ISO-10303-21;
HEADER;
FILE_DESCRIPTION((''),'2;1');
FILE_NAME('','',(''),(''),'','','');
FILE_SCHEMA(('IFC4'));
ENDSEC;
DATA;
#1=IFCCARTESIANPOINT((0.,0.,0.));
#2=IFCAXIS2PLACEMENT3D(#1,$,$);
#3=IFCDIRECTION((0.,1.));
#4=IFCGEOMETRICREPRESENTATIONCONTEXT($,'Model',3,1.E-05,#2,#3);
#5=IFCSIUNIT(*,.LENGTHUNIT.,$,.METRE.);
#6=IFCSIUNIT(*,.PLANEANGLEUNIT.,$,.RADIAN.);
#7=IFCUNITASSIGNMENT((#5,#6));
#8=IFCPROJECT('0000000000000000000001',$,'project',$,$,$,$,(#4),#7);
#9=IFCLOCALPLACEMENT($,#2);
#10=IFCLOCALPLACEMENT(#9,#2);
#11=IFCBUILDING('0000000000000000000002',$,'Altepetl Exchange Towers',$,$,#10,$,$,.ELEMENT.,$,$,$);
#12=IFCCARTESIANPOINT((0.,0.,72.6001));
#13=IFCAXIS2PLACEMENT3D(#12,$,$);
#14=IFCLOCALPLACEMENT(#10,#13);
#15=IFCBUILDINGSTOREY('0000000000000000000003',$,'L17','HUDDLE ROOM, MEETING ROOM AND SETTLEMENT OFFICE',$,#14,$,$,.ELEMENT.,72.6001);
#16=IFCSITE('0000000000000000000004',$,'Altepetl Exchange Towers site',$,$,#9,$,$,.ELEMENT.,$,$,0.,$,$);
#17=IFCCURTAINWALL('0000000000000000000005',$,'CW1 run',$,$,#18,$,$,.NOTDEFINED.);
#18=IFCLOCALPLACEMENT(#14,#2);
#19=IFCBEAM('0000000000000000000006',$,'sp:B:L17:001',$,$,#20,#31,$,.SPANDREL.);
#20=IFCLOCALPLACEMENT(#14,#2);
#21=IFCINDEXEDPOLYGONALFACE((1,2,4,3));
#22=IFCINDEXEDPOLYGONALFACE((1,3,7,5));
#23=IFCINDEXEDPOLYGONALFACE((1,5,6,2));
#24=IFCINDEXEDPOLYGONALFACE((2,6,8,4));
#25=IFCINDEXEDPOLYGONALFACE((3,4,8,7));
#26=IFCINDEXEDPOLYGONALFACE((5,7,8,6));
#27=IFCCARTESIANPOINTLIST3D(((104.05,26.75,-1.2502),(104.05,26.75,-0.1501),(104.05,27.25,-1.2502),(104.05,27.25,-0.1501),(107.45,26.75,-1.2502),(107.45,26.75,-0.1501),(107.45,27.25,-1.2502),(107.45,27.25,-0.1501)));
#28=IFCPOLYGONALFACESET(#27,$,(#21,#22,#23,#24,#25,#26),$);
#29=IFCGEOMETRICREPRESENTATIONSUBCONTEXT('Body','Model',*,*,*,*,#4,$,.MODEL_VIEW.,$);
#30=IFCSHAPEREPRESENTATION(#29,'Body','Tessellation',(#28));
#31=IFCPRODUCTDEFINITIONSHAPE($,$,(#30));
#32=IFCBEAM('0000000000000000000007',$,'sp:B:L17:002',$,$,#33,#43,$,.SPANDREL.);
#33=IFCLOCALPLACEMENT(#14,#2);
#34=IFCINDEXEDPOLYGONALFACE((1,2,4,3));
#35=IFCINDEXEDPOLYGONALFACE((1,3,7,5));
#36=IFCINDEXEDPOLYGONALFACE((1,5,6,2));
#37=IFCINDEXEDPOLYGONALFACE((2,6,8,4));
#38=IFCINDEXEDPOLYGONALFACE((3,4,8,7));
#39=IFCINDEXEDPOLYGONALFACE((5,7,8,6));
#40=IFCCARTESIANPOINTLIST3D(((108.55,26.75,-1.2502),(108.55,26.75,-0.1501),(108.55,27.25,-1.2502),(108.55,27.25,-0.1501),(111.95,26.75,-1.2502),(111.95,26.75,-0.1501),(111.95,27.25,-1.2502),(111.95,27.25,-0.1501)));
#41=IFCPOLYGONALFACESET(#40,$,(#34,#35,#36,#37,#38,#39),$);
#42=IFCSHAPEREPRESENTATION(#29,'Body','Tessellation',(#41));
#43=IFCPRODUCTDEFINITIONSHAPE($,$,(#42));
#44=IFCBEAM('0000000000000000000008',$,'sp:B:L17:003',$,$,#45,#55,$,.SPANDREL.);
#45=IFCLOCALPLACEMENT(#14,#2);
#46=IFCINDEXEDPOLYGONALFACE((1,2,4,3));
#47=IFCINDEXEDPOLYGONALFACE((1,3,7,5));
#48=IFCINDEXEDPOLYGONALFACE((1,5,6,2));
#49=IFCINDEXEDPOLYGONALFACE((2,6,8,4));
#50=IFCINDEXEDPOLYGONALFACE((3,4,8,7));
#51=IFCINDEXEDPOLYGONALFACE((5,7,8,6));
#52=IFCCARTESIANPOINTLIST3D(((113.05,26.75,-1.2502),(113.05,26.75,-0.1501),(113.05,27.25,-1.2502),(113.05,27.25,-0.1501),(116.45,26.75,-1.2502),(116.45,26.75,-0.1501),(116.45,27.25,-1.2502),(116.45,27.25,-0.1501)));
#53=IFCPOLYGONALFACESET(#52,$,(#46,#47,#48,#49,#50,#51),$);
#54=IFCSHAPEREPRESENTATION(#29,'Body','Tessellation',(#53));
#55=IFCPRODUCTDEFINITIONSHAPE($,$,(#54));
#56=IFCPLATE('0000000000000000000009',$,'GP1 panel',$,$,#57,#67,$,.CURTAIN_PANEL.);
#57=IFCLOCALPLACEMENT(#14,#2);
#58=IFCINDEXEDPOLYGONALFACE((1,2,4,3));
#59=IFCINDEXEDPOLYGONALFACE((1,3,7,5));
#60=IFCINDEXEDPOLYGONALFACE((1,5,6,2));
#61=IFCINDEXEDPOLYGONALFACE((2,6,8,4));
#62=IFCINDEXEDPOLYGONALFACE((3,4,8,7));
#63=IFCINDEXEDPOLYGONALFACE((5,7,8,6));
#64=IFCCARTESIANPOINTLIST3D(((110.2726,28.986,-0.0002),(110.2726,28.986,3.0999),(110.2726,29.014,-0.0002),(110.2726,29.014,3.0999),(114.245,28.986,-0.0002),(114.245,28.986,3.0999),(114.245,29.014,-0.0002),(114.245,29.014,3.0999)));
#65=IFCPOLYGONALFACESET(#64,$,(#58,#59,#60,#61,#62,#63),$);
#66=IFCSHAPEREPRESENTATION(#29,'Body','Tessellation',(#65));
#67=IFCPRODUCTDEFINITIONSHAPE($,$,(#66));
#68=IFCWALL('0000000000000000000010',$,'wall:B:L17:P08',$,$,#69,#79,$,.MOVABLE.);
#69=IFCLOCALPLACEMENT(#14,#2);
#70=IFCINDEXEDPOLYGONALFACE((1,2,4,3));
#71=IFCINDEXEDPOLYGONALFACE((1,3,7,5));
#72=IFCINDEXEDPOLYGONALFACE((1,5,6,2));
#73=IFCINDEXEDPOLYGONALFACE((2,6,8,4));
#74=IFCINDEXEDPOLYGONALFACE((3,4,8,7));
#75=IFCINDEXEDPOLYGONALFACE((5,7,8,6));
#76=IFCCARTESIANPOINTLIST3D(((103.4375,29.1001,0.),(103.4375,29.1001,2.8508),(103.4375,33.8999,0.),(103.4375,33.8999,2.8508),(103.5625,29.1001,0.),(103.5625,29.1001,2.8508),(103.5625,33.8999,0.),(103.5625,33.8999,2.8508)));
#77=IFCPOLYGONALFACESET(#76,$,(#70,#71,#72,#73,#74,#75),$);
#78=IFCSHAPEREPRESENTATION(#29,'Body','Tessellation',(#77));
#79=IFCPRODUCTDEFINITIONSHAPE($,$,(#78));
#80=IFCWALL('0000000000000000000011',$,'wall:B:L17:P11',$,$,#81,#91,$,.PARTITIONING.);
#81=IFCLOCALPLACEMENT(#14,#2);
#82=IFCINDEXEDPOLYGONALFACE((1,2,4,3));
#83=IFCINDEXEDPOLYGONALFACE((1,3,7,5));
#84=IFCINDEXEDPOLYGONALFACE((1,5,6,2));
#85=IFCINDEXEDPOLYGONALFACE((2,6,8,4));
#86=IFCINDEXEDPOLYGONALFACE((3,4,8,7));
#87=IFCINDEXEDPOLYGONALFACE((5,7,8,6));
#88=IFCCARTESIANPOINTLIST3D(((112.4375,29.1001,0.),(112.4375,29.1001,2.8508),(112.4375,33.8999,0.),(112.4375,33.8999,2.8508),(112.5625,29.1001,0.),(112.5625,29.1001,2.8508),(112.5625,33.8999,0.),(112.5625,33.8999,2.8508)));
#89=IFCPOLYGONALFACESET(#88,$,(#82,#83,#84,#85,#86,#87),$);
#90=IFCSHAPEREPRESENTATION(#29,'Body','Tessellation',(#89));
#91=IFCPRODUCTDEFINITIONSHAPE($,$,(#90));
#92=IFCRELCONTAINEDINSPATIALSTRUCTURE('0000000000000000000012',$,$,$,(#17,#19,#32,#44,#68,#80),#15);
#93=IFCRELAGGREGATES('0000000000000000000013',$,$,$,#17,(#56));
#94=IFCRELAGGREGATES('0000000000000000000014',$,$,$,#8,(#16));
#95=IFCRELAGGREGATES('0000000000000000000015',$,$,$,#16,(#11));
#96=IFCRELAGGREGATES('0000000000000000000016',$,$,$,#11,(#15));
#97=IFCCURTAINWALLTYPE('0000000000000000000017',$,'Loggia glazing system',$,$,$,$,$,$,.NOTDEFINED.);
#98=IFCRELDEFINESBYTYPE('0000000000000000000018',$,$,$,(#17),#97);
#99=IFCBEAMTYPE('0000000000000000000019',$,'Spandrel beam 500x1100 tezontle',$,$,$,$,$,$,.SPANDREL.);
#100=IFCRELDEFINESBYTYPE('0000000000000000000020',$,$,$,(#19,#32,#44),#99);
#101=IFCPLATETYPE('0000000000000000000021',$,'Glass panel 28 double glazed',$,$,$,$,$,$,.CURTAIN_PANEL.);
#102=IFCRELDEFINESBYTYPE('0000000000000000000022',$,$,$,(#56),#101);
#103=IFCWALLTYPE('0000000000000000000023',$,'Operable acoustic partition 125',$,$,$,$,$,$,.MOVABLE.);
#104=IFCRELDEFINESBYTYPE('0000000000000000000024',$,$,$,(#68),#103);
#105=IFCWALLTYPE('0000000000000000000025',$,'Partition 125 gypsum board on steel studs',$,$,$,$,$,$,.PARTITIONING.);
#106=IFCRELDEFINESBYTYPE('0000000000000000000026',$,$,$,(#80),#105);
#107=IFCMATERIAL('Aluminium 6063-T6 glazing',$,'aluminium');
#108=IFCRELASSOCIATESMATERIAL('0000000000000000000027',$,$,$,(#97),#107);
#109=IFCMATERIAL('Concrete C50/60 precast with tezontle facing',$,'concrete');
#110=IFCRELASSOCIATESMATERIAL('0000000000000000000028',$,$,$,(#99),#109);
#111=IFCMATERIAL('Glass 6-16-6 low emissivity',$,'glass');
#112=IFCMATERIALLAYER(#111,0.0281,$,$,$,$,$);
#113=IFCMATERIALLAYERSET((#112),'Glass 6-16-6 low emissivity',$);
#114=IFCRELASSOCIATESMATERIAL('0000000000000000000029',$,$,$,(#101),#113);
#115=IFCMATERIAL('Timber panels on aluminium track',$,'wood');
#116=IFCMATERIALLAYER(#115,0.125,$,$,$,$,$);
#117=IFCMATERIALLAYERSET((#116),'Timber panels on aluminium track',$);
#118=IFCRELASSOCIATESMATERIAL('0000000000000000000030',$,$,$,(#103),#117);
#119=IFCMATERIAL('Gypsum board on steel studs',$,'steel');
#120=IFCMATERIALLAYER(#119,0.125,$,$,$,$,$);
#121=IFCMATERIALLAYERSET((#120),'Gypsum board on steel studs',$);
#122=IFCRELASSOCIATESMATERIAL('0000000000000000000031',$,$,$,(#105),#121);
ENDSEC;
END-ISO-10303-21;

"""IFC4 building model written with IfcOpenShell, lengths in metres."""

from ifc_helpers import new_model, si_unit, direction, frame, frame_2d, origin, origin_2d, place, context, subcontext, project, spatial, rectangle, extrude, material, layer, layer_set, material_profile, profile_set, type_object, element, aggregate, save


model = new_model("IFC4")

# Units and contexts
model_context = context("Model", 3, precision=1e-05, world=origin(), true_north=direction((0.0, 1.0)))
body_context = subcontext(model_context, "Body", "Model", "MODEL_VIEW")
ifc_project = project(units=[si_unit("LENGTHUNIT", "METRE"), si_unit("PLANEANGLEUNIT", "RADIAN")], contexts=[model_context])

# Site, building, storey
site_placement = place(None, origin())
site = spatial("IfcSite", under=ifc_project, at=site_placement, Name="Altepetl Exchange Towers site", CompositionType="ELEMENT", RefElevation=0.0)
building_placement = place(site_placement, origin())
building = spatial("IfcBuilding", under=site, at=building_placement, Name="Altepetl Exchange Towers", CompositionType="ELEMENT")
storey_placement = place(building_placement, frame((0.0, 0.0, 72.6001)))
storey = spatial("IfcBuildingStorey", under=building, at=storey_placement, Name="L17", Description="HUDDLE ROOM, MEETING ROOM AND SETTLEMENT OFFICE", CompositionType="ELEMENT", Elevation=72.6001)

# Shared definitions
ifc_material_1 = material(Name="Aluminium 6063-T6 glazing", Category="aluminium")
curtain_wall_type = type_object("IfcCurtainWallType", Name="Loggia glazing system", PredefinedType="NOTDEFINED", material=ifc_material_1)

# Curtain wall
curtain_wall_1_placement = place(storey_placement, origin())
curtain_wall_1 = element("IfcCurtainWall", 1, at=curtain_wall_1_placement, inside=storey, type_object=curtain_wall_type, Name="CW1 run", PredefinedType="NOTDEFINED")

# Beams
ifc_material_2 = material(Name="Concrete C50/60 precast with tezontle facing", Category="concrete")
ifc_material_profile_1 = material_profile(ifc_material_2, rectangle(XDim=0.5, YDim=1.1001, at=origin_2d()), Name="500 x 1100")
ifc_profile_set_1 = profile_set([ifc_material_profile_1], Name="Concrete C50/60 precast with tezontle facing")
beam_type_1 = type_object("IfcBeamType", Name="Spandrel beam 500x1100 tezontle", PredefinedType="SPANDREL", material=ifc_profile_set_1)
for number, where, z_axis, x_axis, name in (
    (2, (104.05, 27.0, -0.7002), (1.0, 0.0, 0.0), (0.0, 1.0, 0.0), "sp:B:L17:001"),
    (3, (108.55, 27.0, -0.7002), (1.0, 0.0, 0.0), (0.0, 1.0, 0.0), "sp:B:L17:002"),
    (4, (113.05, 27.0, -0.7002), (1.0, 0.0, 0.0), (0.0, 1.0, 0.0), "sp:B:L17:003"),
):
    element("IfcBeam", number, at=place(storey_placement, frame(where, z_axis=z_axis, x_axis=x_axis)), inside=storey, type_object=beam_type_1, Name=name, PredefinedType="SPANDREL", context=body_context, shape_type="SweptSolid", body=[
        extrude(rectangle(XDim=0.5, YDim=1.1001, at=origin_2d()), origin(), (0.0, 0.0, 1.0), 3.3999),
    ])

# Plate
ifc_material_3 = material(Name="Glass 6-16-6 low emissivity", Category="glass")
ifc_layer_1 = layer(ifc_material_3, 0.0281)
ifc_layer_set_1 = layer_set([ifc_layer_1], Name="Glass 6-16-6 low emissivity")
plate_type = type_object("IfcPlateType", Name="Glass panel 28 double glazed", PredefinedType="CURTAIN_PANEL", material=ifc_layer_set_1)
plate_placement = place(storey_placement, frame((112.2588, 29.0, -0.0002)))
plate = element("IfcPlate", 5, at=plate_placement, type_object=plate_type, Name="GP1 panel", PredefinedType="CURTAIN_PANEL", context=body_context, shape_type="SweptSolid", body=[
    extrude(rectangle(XDim=3.9724, YDim=0.0281, at=origin_2d()), origin(), (0.0, 0.0, 1.0), 3.1001),
])
aggregate(curtain_wall_1, [plate])

# Walls
ifc_material_4 = material(Name="Timber panels on aluminium track", Category="wood")
ifc_layer_2 = layer(ifc_material_4, 0.125)
ifc_layer_set_2 = layer_set([ifc_layer_2], Name="Timber panels on aluminium track")
wall_type_1 = type_object("IfcWallType", Name="Operable acoustic partition 125", PredefinedType="MOVABLE", material=ifc_layer_set_2)
wall_1_placement = place(storey_placement, frame((103.5, 29.1001, 0.0), z_axis=(0.0, 0.0, 1.0), x_axis=(0.0, 1.0, 0.0)))
element("IfcWall", 6, at=wall_1_placement, inside=storey, type_object=wall_type_1, Name="wall:B:L17:P08", PredefinedType="MOVABLE", context=body_context, shape_type="SweptSolid", body=[
    extrude(rectangle(XDim=4.7998, YDim=0.125, at=frame_2d((2.3999, 0.0))), origin(), (0.0, 0.0, 1.0), 2.8508),
])
ifc_material_5 = material(Name="Gypsum board on steel studs", Category="steel")
ifc_layer_3 = layer(ifc_material_5, 0.125)
ifc_layer_set_3 = layer_set([ifc_layer_3], Name="Gypsum board on steel studs")
wall_type_2 = type_object("IfcWallType", Name="Partition 125 gypsum board on steel studs", PredefinedType="PARTITIONING", material=ifc_layer_set_3)
wall_2_placement = place(storey_placement, frame((112.5, 29.1001, 0.0), z_axis=(0.0, 0.0, 1.0), x_axis=(0.0, 1.0, 0.0)))
element("IfcWall", 7, at=wall_2_placement, inside=storey, type_object=wall_type_2, Name="wall:B:L17:P11", PredefinedType="PARTITIONING", context=body_context, shape_type="SweptSolid", body=[
    extrude(rectangle(XDim=4.7998, YDim=0.125, at=frame_2d((2.3999, 0.0))), origin(), (0.0, 0.0, 1.0), 2.8508),
])

save(model, "model.ifc")
